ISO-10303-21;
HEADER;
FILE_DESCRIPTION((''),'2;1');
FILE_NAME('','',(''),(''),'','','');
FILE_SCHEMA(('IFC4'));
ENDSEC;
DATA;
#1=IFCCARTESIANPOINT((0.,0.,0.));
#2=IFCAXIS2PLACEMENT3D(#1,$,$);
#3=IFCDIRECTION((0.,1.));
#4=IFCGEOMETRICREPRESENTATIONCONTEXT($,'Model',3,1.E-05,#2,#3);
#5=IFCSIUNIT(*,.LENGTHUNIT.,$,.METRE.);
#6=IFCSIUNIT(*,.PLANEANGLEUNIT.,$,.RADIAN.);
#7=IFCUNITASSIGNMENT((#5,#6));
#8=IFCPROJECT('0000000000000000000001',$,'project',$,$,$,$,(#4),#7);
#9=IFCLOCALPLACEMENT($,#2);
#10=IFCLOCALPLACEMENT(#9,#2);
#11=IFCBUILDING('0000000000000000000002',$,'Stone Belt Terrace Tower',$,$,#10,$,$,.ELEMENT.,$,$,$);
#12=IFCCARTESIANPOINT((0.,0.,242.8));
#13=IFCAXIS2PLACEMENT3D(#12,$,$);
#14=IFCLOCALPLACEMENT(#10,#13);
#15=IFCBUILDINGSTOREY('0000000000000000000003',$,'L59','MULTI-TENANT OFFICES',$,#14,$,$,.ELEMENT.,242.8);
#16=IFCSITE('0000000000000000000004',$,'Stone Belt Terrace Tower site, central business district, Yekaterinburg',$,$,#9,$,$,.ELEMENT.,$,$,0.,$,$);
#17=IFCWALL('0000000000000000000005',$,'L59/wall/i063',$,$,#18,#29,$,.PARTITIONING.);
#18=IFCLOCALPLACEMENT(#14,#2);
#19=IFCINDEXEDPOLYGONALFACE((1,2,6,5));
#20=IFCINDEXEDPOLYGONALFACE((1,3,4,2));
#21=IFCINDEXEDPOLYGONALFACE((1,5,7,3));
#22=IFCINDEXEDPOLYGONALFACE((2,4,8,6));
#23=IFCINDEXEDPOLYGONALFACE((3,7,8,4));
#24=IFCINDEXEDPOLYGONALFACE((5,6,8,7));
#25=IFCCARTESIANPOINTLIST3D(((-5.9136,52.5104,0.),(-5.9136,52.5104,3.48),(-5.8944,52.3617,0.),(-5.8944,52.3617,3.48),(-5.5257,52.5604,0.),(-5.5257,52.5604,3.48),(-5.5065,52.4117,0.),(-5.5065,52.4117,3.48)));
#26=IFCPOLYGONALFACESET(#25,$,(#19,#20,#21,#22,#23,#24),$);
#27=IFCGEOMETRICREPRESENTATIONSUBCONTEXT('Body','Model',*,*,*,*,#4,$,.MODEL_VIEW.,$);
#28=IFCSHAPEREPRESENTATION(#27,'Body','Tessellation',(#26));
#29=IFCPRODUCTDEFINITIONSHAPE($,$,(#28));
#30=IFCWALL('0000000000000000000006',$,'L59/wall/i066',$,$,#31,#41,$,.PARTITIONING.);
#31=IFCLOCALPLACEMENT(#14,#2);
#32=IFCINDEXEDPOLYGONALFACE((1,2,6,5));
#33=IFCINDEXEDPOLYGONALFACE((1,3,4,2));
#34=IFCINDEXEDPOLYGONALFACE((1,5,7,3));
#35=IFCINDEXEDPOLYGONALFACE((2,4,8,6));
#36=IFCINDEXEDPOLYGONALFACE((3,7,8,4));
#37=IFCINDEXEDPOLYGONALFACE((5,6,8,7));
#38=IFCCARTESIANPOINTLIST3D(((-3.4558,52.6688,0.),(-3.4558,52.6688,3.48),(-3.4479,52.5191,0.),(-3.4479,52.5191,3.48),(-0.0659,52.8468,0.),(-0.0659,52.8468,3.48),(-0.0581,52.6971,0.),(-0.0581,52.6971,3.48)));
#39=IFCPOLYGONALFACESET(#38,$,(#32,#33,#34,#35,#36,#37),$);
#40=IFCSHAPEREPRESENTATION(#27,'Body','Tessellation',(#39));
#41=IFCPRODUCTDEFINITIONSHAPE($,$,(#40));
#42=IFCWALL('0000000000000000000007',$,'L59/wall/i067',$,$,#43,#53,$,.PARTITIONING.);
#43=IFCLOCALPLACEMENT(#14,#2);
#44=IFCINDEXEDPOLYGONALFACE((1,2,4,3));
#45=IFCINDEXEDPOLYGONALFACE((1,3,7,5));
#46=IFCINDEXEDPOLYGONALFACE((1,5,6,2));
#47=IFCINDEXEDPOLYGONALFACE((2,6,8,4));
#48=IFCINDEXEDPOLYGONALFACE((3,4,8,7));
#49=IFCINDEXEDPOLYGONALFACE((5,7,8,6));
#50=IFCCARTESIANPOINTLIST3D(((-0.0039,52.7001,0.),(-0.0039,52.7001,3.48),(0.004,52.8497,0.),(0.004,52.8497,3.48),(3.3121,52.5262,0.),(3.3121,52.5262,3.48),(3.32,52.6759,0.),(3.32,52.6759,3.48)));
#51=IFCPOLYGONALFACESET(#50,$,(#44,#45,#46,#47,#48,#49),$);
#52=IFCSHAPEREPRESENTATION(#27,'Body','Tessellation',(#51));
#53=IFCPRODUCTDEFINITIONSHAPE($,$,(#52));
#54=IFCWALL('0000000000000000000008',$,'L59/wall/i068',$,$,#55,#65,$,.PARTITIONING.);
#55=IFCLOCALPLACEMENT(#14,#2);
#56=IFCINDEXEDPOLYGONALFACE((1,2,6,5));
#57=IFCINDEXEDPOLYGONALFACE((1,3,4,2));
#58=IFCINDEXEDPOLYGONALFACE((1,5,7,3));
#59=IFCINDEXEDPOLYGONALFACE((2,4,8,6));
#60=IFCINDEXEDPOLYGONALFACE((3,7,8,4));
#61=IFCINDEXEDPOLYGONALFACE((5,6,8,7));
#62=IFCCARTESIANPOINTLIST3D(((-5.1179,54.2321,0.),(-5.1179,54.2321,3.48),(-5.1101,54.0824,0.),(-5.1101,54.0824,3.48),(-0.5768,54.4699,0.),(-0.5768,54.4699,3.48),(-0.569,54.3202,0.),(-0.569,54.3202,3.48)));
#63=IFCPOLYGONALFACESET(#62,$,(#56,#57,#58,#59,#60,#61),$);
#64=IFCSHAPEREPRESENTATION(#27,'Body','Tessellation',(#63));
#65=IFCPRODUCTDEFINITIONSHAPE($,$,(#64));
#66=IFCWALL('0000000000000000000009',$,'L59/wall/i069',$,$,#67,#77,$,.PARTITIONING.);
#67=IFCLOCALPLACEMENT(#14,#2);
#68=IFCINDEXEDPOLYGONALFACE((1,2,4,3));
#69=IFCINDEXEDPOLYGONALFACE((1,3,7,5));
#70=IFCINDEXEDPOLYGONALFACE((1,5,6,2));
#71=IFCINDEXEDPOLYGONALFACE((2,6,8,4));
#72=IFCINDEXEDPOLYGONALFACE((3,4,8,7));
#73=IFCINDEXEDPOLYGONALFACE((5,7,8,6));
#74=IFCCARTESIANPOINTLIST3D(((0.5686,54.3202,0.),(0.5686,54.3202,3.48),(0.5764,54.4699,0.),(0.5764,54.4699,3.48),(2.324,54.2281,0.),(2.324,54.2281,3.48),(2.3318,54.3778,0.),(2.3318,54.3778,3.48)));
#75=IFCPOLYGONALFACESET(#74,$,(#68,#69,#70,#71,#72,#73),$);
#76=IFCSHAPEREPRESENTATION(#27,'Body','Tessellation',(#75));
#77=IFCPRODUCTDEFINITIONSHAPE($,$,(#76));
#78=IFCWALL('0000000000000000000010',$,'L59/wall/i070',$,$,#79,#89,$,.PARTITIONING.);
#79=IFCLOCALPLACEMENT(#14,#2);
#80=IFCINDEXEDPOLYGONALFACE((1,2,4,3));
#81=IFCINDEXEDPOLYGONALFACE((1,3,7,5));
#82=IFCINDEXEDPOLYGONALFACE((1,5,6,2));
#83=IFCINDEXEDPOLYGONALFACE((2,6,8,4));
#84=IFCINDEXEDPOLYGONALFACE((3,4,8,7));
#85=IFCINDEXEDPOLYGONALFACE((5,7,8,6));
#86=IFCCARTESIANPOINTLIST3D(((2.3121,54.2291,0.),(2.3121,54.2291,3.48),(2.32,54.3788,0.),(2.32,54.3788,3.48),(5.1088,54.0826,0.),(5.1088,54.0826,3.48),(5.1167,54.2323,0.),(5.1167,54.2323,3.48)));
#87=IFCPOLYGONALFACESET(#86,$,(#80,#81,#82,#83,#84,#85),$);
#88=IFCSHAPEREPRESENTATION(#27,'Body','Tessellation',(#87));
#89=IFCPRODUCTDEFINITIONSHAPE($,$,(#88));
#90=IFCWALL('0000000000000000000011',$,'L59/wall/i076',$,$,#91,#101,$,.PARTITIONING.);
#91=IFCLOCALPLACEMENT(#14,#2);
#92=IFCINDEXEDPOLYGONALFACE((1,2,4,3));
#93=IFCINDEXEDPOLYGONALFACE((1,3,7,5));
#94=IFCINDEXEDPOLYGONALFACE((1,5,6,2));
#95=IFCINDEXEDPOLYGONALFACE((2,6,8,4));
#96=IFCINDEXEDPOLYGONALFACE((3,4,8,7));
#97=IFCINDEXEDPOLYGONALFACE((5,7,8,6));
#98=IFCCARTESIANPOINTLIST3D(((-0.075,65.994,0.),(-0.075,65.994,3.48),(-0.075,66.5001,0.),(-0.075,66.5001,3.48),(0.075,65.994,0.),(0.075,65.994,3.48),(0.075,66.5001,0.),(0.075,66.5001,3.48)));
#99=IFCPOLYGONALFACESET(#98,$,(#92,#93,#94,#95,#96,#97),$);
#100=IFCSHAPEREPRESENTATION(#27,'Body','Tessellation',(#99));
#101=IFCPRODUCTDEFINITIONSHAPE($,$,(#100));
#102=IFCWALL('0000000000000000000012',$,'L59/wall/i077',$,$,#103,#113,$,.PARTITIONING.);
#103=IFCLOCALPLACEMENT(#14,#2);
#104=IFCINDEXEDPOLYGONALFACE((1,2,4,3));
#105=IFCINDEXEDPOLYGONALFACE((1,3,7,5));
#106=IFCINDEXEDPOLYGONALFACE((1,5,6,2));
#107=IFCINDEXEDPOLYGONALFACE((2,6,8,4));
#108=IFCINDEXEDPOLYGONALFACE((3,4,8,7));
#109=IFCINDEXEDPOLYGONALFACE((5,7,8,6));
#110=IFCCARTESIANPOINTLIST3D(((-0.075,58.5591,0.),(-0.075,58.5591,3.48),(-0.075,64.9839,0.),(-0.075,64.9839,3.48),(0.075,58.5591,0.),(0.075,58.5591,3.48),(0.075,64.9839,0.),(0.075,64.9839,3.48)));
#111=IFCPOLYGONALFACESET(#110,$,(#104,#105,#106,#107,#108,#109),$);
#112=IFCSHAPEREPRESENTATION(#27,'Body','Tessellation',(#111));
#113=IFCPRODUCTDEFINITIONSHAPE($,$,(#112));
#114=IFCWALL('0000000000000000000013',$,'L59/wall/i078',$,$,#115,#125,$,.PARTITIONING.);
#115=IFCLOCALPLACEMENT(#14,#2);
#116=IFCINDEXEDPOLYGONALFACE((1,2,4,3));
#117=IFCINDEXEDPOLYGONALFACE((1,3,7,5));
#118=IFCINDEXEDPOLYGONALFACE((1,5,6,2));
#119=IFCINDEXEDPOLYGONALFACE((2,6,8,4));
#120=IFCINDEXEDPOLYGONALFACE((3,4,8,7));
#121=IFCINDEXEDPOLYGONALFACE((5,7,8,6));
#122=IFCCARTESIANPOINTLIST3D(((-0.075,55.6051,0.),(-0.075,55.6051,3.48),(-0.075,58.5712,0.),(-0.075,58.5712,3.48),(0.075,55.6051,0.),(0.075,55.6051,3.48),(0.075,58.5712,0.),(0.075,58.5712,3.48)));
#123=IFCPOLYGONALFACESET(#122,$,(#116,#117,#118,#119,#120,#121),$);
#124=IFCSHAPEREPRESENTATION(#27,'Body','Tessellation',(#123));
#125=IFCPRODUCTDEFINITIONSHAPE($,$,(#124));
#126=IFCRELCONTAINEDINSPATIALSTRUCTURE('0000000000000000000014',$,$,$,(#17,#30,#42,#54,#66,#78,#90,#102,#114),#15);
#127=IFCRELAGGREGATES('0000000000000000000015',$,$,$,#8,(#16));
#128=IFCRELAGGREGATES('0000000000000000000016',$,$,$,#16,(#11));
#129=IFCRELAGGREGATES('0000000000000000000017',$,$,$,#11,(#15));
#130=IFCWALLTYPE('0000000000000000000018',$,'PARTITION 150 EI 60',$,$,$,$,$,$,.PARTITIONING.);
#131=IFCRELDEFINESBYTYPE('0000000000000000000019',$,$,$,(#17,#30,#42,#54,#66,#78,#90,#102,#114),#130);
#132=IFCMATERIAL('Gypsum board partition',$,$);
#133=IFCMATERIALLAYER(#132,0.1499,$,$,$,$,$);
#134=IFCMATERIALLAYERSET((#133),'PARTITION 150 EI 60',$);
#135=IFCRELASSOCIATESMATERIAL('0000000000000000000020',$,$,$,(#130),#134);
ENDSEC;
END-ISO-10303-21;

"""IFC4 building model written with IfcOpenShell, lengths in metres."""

from ifc_helpers import new_model, si_unit, direction, frame, frame_2d, origin, place, context, subcontext, project, spatial, rectangle, extrude, material, layer, layer_set, type_object, element, save


model = new_model("IFC4")

# Units and contexts
model_context = context("Model", 3, precision=1e-05, world=origin(), true_north=direction((0.0, 1.0)))
body_context = subcontext(model_context, "Body", "Model", "MODEL_VIEW")
ifc_project = project(units=[si_unit("LENGTHUNIT", "METRE"), si_unit("PLANEANGLEUNIT", "RADIAN")], contexts=[model_context])

# Site, building, storey
site_placement = place(None, origin())
site = spatial("IfcSite", under=ifc_project, at=site_placement, Name="Stone Belt Terrace Tower site, central business district, Yekaterinburg", CompositionType="ELEMENT", RefElevation=0.0)
building_placement = place(site_placement, origin())
building = spatial("IfcBuilding", under=site, at=building_placement, Name="Stone Belt Terrace Tower", CompositionType="ELEMENT")
storey_placement = place(building_placement, frame((0.0, 0.0, 242.8)))
storey = spatial("IfcBuildingStorey", under=building, at=storey_placement, Name="L59", Description="MULTI-TENANT OFFICES", CompositionType="ELEMENT", Elevation=242.8)

# Shared definitions
ifc_material_1 = material(Name="Gypsum board partition")

# Walls
ifc_layer_1 = layer(ifc_material_1, 0.1499)
ifc_layer_set_1 = layer_set([ifc_layer_1], Name="PARTITION 150 EI 60")
wall_type_1 = type_object("IfcWallType", Name="PARTITION 150 EI 60", PredefinedType="PARTITIONING", material=ifc_layer_set_1)
wall_1_placement = place(storey_placement, frame((-5.5161, 52.4861, 0.0), z_axis=(0.0, 0.0, 1.0), x_axis=(-0.99178, -0.127952, 0.0)))
element("IfcWall", 1, at=wall_1_placement, inside=storey, type_object=wall_type_1, Name="L59/wall/i063", PredefinedType="PARTITIONING", context=body_context, shape_type="SweptSolid", body=[
    extrude(rectangle(XDim=0.3911, YDim=0.1499, at=frame_2d((0.1956, 0.0))), origin(), (0.0, 0.0, 1.0), 3.48),
])
wall_2_placement = place(storey_placement, frame((-0.062, 52.772, 0.0), z_axis=(0.0, 0.0, 1.0), x_axis=(-0.998625, -0.05243, 0.0)))
element("IfcWall", 2, at=wall_2_placement, inside=storey, type_object=wall_type_1, Name="L59/wall/i066", PredefinedType="PARTITIONING", context=body_context, shape_type="SweptSolid", body=[
    extrude(rectangle(XDim=3.3945, YDim=0.1499, at=frame_2d((1.6973, 0.0))), origin(), (0.0, 0.0, 1.0), 3.48),
])
wall_3_placement = place(storey_placement, frame((3.3159, 52.6011, 0.0), z_axis=(0.0, 0.0, 1.0), x_axis=(-0.998629, 0.05235, 0.0)))
element("IfcWall", 3, at=wall_3_placement, inside=storey, type_object=wall_type_1, Name="L59/wall/i067", PredefinedType="PARTITIONING", context=body_context, shape_type="SweptSolid", body=[
    extrude(rectangle(XDim=3.3206, YDim=0.1499, at=frame_2d((1.6602, 0.0))), origin(), (0.0, 0.0, 1.0), 3.48),
])
wall_4_placement = place(storey_placement, frame((-5.114, 54.1572, 0.0), z_axis=(0.0, 0.0, 1.0), x_axis=(0.998632, 0.052291, 0.0)))
element("IfcWall", 4, at=wall_4_placement, inside=storey, type_object=wall_type_1, Name="L59/wall/i068", PredefinedType="PARTITIONING", context=body_context, shape_type="SweptSolid", body=[
    extrude(rectangle(XDim=4.5474, YDim=0.1499, at=frame_2d((2.2737, 0.0))), origin(), (0.0, 0.0, 1.0), 3.48),
])
wall_5_placement = place(storey_placement, frame((0.5725, 54.395, 0.0), z_axis=(0.0, 0.0, 1.0), x_axis=(0.998628, -0.052362, 0.0)))
element("IfcWall", 5, at=wall_5_placement, inside=storey, type_object=wall_type_1, Name="L59/wall/i069", PredefinedType="PARTITIONING", context=body_context, shape_type="SweptSolid", body=[
    extrude(rectangle(XDim=1.7578, YDim=0.1499, at=frame_2d((0.8789, 0.0))), origin(), (0.0, 0.0, 1.0), 3.48),
])
wall_6_placement = place(storey_placement, frame((2.3159, 54.304, 0.0), z_axis=(0.0, 0.0, 1.0), x_axis=(0.998631, -0.052307, 0.0)))
element("IfcWall", 6, at=wall_6_placement, inside=storey, type_object=wall_type_1, Name="L59/wall/i070", PredefinedType="PARTITIONING", context=body_context, shape_type="SweptSolid", body=[
    extrude(rectangle(XDim=2.8005, YDim=0.1499, at=frame_2d((1.4004, 0.0))), origin(), (0.0, 0.0, 1.0), 3.48),
])
wall_7_placement = place(storey_placement, frame((0.0, 66.5, 0.0), z_axis=(0.0, 0.0, 1.0), x_axis=(0.0, -1.0, 0.0)))
element("IfcWall", 7, at=wall_7_placement, inside=storey, type_object=wall_type_1, Name="L59/wall/i076", PredefinedType="PARTITIONING", context=body_context, shape_type="SweptSolid", body=[
    extrude(rectangle(XDim=0.5061, YDim=0.1499, at=frame_2d((0.2529, 0.0))), origin(), (0.0, 0.0, 1.0), 3.48),
])
wall_8_placement = place(storey_placement, frame((0.0, 64.9839, 0.0), z_axis=(0.0, 0.0, 1.0), x_axis=(0.0, -1.0, 0.0)))
element("IfcWall", 8, at=wall_8_placement, inside=storey, type_object=wall_type_1, Name="L59/wall/i077", PredefinedType="PARTITIONING", context=body_context, shape_type="SweptSolid", body=[
    extrude(rectangle(XDim=6.4248, YDim=0.1499, at=frame_2d((3.2124, 0.0))), origin(), (0.0, 0.0, 1.0), 3.48),
])
wall_9_placement = place(storey_placement, frame((0.0, 58.571, 0.0), z_axis=(0.0, 0.0, 1.0), x_axis=(0.0, -1.0, 0.0)))
element("IfcWall", 9, at=wall_9_placement, inside=storey, type_object=wall_type_1, Name="L59/wall/i078", PredefinedType="PARTITIONING", context=body_context, shape_type="SweptSolid", body=[
    extrude(rectangle(XDim=2.9661, YDim=0.1499, at=frame_2d((1.4829, 0.0))), origin(), (0.0, 0.0, 1.0), 3.48),
])

save(model, "model.ifc")
